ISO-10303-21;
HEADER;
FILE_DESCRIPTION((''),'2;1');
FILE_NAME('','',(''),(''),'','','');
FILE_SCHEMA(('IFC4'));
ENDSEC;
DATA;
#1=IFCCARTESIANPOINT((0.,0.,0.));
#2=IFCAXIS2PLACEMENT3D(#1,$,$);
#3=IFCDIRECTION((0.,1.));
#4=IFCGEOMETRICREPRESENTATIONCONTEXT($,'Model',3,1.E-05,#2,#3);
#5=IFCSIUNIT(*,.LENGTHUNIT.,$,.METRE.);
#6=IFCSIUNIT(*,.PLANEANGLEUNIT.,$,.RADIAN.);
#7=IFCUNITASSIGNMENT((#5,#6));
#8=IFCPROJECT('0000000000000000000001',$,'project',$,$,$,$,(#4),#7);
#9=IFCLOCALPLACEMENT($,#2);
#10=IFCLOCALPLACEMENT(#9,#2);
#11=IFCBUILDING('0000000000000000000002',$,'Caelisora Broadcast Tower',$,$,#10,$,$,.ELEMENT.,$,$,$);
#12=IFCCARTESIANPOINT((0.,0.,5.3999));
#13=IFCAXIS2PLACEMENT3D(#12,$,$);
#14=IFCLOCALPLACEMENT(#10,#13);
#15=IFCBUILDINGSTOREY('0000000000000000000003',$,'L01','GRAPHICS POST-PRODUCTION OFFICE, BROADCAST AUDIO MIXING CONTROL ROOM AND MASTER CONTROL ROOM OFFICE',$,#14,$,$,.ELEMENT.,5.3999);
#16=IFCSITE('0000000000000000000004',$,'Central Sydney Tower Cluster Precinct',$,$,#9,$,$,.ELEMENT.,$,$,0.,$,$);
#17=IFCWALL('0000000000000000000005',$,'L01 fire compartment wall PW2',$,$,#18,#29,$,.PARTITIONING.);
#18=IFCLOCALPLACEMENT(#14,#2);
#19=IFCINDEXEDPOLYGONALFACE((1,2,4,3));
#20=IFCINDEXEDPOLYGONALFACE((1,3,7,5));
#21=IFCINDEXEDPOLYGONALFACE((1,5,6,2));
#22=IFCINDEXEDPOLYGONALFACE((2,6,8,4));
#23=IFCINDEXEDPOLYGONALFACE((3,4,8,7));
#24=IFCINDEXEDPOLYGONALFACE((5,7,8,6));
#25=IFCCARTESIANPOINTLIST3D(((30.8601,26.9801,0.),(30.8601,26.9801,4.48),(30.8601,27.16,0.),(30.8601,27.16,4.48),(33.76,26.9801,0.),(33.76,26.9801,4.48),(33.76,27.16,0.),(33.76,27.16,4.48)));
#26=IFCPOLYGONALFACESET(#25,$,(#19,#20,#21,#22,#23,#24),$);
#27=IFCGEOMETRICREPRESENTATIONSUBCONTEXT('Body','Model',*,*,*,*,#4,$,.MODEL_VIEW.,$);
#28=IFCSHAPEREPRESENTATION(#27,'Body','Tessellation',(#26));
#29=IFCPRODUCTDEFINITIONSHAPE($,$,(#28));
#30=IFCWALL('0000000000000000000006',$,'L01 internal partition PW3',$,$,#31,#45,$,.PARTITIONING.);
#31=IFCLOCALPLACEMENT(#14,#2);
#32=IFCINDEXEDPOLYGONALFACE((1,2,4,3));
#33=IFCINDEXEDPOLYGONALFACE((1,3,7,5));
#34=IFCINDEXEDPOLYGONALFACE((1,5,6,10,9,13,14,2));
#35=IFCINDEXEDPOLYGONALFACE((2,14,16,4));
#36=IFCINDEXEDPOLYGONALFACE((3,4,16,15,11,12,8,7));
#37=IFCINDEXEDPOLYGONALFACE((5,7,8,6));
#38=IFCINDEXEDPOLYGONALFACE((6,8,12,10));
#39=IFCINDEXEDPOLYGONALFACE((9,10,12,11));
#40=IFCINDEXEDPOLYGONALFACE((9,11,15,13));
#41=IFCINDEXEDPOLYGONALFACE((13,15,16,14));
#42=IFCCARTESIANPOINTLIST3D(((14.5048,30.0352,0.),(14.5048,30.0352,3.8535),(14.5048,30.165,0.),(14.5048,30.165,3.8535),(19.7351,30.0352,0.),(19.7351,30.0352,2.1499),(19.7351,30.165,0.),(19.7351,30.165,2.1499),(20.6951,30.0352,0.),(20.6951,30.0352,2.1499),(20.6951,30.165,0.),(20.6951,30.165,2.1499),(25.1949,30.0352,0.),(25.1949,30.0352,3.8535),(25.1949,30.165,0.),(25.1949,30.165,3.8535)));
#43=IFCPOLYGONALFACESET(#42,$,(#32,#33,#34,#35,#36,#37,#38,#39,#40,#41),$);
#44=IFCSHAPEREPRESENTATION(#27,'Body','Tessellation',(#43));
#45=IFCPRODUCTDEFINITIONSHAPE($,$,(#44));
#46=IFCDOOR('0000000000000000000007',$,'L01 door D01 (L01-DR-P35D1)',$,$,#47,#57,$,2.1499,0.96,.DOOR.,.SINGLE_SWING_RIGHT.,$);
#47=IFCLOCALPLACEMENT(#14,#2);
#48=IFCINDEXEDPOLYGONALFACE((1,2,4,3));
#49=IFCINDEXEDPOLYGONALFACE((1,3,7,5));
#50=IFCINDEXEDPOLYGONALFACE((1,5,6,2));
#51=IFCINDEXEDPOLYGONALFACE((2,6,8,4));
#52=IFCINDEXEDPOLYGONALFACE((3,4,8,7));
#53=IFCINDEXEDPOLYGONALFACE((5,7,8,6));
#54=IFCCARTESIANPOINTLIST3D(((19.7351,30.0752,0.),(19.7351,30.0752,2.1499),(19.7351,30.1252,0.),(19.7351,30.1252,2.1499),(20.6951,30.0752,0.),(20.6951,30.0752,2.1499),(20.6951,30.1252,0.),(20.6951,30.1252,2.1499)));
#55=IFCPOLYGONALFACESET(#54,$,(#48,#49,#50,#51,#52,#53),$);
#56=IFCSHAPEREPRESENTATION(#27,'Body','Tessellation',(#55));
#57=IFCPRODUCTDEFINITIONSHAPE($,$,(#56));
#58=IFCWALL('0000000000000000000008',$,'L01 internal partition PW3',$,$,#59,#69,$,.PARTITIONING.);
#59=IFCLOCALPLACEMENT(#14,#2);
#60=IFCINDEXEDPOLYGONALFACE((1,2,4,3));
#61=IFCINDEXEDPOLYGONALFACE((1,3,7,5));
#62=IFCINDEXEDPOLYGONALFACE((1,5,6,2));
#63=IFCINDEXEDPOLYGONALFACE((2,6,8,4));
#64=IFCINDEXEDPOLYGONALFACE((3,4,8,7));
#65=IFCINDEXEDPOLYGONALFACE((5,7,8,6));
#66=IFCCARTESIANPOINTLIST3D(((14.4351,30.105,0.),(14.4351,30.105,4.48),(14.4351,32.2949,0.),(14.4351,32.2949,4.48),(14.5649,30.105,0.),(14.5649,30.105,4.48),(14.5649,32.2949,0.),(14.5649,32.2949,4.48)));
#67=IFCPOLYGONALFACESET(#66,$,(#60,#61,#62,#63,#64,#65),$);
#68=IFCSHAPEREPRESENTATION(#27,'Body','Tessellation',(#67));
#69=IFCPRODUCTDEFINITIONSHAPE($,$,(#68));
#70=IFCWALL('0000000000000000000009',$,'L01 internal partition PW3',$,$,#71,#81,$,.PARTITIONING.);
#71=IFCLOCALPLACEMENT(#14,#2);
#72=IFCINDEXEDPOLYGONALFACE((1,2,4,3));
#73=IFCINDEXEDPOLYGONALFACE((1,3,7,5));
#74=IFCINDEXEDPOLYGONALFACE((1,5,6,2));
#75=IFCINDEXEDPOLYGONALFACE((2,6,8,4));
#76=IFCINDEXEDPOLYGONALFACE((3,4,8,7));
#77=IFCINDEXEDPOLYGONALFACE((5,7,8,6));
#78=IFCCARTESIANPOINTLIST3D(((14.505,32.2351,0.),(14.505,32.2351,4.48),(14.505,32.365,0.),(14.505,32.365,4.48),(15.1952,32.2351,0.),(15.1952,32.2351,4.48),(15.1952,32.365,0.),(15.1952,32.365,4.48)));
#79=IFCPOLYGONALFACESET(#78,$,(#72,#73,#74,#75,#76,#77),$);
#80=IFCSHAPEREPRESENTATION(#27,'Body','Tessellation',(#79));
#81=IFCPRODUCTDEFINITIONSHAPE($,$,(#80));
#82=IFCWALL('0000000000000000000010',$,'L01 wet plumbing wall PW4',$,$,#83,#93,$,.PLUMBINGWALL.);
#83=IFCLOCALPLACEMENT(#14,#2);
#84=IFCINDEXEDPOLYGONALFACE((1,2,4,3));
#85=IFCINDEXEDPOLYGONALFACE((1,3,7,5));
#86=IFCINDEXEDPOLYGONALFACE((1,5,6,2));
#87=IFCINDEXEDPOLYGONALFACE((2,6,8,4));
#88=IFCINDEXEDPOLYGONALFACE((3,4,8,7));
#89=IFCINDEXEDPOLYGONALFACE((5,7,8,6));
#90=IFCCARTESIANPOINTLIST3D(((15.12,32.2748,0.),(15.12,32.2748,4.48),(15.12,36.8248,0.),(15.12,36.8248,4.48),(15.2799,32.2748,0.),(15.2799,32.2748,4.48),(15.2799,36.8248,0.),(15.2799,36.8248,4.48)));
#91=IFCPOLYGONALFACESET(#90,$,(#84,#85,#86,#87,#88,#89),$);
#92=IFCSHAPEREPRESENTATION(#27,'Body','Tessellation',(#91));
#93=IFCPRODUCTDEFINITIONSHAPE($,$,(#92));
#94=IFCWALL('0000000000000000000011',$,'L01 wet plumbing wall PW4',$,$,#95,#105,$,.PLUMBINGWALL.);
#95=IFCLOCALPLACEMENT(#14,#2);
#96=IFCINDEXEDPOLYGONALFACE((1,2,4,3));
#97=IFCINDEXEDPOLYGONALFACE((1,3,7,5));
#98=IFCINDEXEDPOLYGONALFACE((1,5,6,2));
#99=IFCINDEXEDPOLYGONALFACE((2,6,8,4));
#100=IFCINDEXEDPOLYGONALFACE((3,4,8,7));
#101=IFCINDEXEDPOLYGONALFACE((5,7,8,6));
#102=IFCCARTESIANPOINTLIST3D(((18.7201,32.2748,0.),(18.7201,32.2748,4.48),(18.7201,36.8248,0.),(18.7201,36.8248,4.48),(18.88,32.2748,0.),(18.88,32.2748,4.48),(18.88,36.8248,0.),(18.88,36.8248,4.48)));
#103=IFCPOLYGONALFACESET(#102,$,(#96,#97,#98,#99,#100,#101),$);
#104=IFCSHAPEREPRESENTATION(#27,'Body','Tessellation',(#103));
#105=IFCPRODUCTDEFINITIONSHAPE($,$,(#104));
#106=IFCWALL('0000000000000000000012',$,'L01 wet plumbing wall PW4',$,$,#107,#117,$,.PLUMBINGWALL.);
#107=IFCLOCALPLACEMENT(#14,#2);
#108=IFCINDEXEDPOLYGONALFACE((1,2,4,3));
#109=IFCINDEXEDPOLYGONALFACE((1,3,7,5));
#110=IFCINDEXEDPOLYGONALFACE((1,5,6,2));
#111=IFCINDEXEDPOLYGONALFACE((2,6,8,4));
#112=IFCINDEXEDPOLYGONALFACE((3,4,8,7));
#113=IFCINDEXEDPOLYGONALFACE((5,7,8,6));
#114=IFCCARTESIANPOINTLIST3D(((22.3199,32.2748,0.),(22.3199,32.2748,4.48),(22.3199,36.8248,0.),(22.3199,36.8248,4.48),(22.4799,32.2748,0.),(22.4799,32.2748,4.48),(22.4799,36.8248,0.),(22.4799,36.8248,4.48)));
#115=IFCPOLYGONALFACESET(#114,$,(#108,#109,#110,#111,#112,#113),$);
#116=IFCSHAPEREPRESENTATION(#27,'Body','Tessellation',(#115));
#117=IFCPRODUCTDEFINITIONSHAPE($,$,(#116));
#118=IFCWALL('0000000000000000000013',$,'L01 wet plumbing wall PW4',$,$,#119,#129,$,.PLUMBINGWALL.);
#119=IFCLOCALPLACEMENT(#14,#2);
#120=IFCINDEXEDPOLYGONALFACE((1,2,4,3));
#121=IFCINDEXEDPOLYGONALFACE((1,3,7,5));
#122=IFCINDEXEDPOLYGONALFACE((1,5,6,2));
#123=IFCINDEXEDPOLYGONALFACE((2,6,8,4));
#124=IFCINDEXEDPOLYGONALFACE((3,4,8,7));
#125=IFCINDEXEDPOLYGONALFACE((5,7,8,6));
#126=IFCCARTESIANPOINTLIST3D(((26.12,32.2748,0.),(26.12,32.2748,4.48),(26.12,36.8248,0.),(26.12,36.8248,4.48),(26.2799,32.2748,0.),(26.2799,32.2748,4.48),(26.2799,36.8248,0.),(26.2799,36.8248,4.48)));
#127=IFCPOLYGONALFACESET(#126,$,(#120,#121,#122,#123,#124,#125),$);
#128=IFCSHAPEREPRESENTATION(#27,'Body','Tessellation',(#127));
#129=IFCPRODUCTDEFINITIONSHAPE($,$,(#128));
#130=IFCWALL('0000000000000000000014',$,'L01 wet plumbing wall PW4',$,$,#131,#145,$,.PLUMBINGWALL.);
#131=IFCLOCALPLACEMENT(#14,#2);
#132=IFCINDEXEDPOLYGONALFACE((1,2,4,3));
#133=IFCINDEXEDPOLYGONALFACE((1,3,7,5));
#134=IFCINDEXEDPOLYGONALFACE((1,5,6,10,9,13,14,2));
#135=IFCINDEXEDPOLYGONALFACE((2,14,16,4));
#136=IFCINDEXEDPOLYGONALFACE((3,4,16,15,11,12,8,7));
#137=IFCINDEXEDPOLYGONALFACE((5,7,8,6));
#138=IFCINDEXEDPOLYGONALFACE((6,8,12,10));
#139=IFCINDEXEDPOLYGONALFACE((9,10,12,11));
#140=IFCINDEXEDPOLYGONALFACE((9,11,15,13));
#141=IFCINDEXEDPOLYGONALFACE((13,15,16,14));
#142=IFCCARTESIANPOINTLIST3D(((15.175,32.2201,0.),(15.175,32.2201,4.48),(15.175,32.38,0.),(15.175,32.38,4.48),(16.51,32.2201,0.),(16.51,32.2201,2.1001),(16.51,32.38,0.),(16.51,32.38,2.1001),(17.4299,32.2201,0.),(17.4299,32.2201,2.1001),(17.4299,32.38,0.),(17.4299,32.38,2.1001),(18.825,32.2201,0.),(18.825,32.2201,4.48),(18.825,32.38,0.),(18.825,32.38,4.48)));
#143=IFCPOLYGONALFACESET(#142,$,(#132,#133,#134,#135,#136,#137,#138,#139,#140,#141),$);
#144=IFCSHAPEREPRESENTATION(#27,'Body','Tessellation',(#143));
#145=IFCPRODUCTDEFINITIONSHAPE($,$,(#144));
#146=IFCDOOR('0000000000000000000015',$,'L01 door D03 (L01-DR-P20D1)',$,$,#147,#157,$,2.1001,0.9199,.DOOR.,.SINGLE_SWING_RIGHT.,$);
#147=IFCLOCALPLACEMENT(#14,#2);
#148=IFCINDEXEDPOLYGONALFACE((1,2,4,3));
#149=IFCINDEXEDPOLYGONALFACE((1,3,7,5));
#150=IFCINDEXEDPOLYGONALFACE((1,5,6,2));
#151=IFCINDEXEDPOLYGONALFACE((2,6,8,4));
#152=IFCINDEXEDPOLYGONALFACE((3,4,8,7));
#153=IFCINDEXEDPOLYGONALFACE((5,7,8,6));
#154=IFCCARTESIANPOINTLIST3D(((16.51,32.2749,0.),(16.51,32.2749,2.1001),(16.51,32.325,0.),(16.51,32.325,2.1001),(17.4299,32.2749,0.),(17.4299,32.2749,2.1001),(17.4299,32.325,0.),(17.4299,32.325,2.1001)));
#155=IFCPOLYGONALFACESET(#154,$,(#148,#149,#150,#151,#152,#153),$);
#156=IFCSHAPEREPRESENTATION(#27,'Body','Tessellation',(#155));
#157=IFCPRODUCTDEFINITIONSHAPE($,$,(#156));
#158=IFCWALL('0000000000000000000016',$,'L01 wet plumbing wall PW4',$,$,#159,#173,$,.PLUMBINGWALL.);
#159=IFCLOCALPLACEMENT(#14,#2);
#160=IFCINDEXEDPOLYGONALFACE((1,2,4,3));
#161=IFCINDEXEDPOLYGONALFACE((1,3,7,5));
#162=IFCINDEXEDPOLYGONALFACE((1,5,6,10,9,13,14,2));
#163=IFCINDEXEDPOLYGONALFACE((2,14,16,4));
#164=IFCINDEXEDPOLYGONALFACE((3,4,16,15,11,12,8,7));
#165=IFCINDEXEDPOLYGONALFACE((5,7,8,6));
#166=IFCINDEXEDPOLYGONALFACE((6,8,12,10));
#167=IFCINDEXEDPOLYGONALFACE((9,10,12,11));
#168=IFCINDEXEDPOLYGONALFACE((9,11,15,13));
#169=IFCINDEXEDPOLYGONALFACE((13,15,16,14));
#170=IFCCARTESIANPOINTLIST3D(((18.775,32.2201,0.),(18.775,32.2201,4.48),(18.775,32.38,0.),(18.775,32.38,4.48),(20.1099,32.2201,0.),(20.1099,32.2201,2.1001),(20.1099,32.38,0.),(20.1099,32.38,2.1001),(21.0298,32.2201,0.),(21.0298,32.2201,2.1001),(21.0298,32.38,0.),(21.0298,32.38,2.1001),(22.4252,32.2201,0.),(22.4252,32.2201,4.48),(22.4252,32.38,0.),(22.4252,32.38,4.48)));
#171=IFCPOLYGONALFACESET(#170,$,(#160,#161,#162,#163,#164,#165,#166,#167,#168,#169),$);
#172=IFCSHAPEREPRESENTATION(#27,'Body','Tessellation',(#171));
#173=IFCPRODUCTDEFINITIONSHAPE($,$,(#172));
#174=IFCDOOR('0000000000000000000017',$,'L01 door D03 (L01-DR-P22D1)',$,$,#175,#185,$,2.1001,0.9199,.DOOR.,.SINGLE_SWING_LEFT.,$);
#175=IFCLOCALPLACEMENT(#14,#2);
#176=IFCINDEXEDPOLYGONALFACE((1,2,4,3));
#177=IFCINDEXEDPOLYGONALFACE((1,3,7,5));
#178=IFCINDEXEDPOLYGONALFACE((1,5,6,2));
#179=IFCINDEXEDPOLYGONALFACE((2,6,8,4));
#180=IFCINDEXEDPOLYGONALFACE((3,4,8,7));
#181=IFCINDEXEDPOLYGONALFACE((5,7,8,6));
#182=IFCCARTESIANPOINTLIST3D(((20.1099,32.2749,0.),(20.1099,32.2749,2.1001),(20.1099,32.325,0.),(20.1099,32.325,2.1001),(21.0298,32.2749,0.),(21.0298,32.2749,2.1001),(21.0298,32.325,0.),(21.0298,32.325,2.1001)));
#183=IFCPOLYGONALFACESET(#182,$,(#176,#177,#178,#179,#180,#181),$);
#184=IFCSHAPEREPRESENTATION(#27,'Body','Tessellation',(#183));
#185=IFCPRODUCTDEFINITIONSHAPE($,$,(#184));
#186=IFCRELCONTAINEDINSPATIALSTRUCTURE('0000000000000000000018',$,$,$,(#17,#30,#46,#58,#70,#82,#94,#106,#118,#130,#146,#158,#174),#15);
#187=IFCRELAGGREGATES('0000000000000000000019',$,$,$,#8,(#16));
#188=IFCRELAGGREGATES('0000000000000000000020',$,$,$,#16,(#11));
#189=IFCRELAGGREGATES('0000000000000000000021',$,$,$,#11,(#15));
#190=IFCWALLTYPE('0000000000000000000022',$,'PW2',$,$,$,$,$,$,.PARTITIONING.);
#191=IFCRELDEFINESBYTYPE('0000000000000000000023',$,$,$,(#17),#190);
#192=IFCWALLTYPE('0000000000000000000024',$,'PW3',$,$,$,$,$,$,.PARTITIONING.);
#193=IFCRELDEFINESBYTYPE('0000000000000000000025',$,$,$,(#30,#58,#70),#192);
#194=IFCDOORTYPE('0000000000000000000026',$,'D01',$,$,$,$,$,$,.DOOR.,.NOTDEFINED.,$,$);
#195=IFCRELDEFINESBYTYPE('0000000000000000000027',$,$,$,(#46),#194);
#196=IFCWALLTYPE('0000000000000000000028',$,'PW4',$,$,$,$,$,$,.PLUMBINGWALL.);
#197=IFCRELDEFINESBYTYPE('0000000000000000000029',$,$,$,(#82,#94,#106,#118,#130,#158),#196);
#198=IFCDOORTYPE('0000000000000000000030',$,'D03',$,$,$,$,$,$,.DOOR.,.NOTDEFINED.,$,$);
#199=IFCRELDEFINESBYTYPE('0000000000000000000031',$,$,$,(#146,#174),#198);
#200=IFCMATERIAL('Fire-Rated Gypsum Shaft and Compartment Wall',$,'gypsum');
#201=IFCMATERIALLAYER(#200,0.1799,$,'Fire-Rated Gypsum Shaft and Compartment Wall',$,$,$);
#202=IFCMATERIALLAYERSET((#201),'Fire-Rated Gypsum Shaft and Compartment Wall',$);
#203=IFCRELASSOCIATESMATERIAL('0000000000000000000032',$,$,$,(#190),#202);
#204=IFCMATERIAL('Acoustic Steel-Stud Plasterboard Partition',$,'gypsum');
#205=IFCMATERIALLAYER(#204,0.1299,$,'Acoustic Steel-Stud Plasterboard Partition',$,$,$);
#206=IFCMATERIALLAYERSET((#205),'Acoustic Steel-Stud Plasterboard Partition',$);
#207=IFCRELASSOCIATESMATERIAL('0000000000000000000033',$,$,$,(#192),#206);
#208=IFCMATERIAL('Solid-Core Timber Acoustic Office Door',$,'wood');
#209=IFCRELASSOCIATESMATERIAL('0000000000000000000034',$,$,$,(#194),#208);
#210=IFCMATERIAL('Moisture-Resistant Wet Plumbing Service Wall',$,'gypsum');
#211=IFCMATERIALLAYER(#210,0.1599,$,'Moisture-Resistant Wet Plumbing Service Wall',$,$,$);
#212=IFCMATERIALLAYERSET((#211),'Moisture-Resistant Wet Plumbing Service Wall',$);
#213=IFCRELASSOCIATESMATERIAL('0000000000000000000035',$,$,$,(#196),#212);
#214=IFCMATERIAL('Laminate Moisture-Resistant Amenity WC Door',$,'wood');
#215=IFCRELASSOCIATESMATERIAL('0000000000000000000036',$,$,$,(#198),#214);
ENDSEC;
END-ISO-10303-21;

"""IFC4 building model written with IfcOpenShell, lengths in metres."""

from ifc_helpers import new_model, si_unit, direction, frame, frame_2d, origin, place, context, subcontext, project, spatial, rectangle, extrude, material, layer, layer_set, type_object, element, fill, save


model = new_model("IFC4")

# Units and contexts
model_context = context("Model", 3, precision=1e-05, world=origin(), true_north=direction((0.0, 1.0)))
body_context = subcontext(model_context, "Body", "Model", "MODEL_VIEW")
ifc_project = project(units=[si_unit("LENGTHUNIT", "METRE"), si_unit("PLANEANGLEUNIT", "RADIAN")], contexts=[model_context])

# Site, building, storey
site_placement = place(None, origin())
site = spatial("IfcSite", under=ifc_project, at=site_placement, Name="Central Sydney Tower Cluster Precinct", CompositionType="ELEMENT", RefElevation=0.0)
building_placement = place(site_placement, origin())
building = spatial("IfcBuilding", under=site, at=building_placement, Name="Caelisora Broadcast Tower", CompositionType="ELEMENT")
storey_placement = place(building_placement, frame((0.0, 0.0, 5.3999)))
storey = spatial("IfcBuildingStorey", under=building, at=storey_placement, Name="L01", Description="GRAPHICS POST-PRODUCTION OFFICE, BROADCAST AUDIO MIXING CONTROL ROOM AND MASTER CONTROL ROOM OFFICE", CompositionType="ELEMENT", Elevation=5.3999)

# Shared definitions
ifc_material_1 = material(Name="Fire-Rated Gypsum Shaft and Compartment Wall", Category="gypsum")
ifc_layer_1 = layer(ifc_material_1, 0.1799, Name="Fire-Rated Gypsum Shaft and Compartment Wall")
ifc_layer_set_1 = layer_set([ifc_layer_1], Name="Fire-Rated Gypsum Shaft and Compartment Wall")
wall_type_1 = type_object("IfcWallType", Name="PW2", PredefinedType="PARTITIONING", material=ifc_layer_set_1)

# Wall
wall_1_placement = place(storey_placement, frame((30.8601, 27.0701, 0.0), z_axis=(0.0, 0.0, 1.0), x_axis=(1.0, 0.0, 0.0)))
element("IfcWall", 1, at=wall_1_placement, inside=storey, type_object=wall_type_1, Name="L01 fire compartment wall PW2", PredefinedType="PARTITIONING", context=body_context, shape_type="SweptSolid", body=[
    extrude(rectangle(XDim=2.8999, YDim=0.1799, at=frame_2d((1.45, 0.0))), origin(), (0.0, 0.0, 1.0), 4.48),
])

# Wall, opening, door
ifc_material_2 = material(Name="Acoustic Steel-Stud Plasterboard Partition", Category="gypsum")
ifc_layer_2 = layer(ifc_material_2, 0.1299, Name="Acoustic Steel-Stud Plasterboard Partition")
ifc_layer_set_2 = layer_set([ifc_layer_2], Name="Acoustic Steel-Stud Plasterboard Partition")
wall_type_2 = type_object("IfcWallType", Name="PW3", PredefinedType="PARTITIONING", material=ifc_layer_set_2)
wall_2_placement = place(storey_placement, frame((25.1951, 30.1001, 0.0), z_axis=(0.0, 0.0, 1.0), x_axis=(-1.0, 0.0, 0.0)))
wall_2 = element("IfcWall", 2, at=wall_2_placement, inside=storey, type_object=wall_type_2, Name="L01 internal partition PW3", PredefinedType="PARTITIONING", context=body_context, shape_type="SweptSolid", body=[
    extrude(rectangle(XDim=10.6902, YDim=0.1299, at=frame_2d((5.3452, 0.0))), origin(), (0.0, 0.0, 1.0), 3.8535),
])
opening_1_placement = place(wall_2_placement, frame((4.5, 0.0, 0.0)))
opening_1 = element("IfcOpeningElement", 3, at=opening_1_placement, cuts=wall_2, PredefinedType="OPENING", context=body_context, shape_type="SweptSolid", body=[
    extrude(rectangle(XDim=0.96, YDim=2.1499, at=frame_2d((0.48, 1.075))), frame((0.0, 0.0769, 0.0), z_axis=(0.0, -1.0, 0.0), x_axis=(1.0, 0.0, 0.0)), (0.0, 0.0, 1.0), 0.1538),
])
ifc_material_3 = material(Name="Solid-Core Timber Acoustic Office Door", Category="wood")
door_type_1 = type_object("IfcDoorType", Name="D01", OperationType="NOTDEFINED", PredefinedType="DOOR", material=ifc_material_3)
door_1_placement = place(opening_1_placement, origin())
door_1 = element("IfcDoor", 4, at=door_1_placement, inside=storey, type_object=door_type_1, Name="L01 door D01 (L01-DR-P35D1)", OperationType="SINGLE_SWING_RIGHT", OverallHeight=2.1499, OverallWidth=0.96, PredefinedType="DOOR", context=body_context, shape_type="SweptSolid", body=[
    extrude(rectangle(XDim=0.96, YDim=2.1499, at=frame_2d((0.48, 1.075))), frame((0.0, 0.0249, 0.0), z_axis=(0.0, -1.0, 0.0), x_axis=(1.0, 0.0, 0.0)), (0.0, 0.0, 1.0), 0.05),
])
fill(opening_1, door_1)

# Walls
wall_3_placement = place(storey_placement, frame((14.5, 30.105, 0.0), z_axis=(0.0, 0.0, 1.0), x_axis=(0.0, 1.0, 0.0)))
element("IfcWall", 5, at=wall_3_placement, inside=storey, type_object=wall_type_2, Name="L01 internal partition PW3", PredefinedType="PARTITIONING", context=body_context, shape_type="SweptSolid", body=[
    extrude(rectangle(XDim=2.1899, YDim=0.1299, at=frame_2d((1.095, 0.0))), origin(), (0.0, 0.0, 1.0), 4.48),
])
wall_4_placement = place(storey_placement, frame((14.5049, 32.3, 0.0), z_axis=(0.0, 0.0, 1.0), x_axis=(1.0, 0.0, 0.0)))
element("IfcWall", 6, at=wall_4_placement, inside=storey, type_object=wall_type_2, Name="L01 internal partition PW3", PredefinedType="PARTITIONING", context=body_context, shape_type="SweptSolid", body=[
    extrude(rectangle(XDim=0.6902, YDim=0.1299, at=frame_2d((0.3452, 0.0))), origin(), (0.0, 0.0, 1.0), 4.48),
])
ifc_material_4 = material(Name="Moisture-Resistant Wet Plumbing Service Wall", Category="gypsum")
ifc_layer_3 = layer(ifc_material_4, 0.1599, Name="Moisture-Resistant Wet Plumbing Service Wall")
ifc_layer_set_3 = layer_set([ifc_layer_3], Name="Moisture-Resistant Wet Plumbing Service Wall")
wall_type_3 = type_object("IfcWallType", Name="PW4", PredefinedType="PLUMBINGWALL", material=ifc_layer_set_3)
for number, where, z_axis, x_axis, name in (
    (7, (15.2, 32.2749, 0.0), (0.0, 0.0, 1.0), (0.0, 1.0, 0.0), "L01 wet plumbing wall PW4"),
    (8, (18.8, 32.2749, 0.0), (0.0, 0.0, 1.0), (0.0, 1.0, 0.0), "L01 wet plumbing wall PW4"),
    (9, (22.3999, 32.2749, 0.0), (0.0, 0.0, 1.0), (0.0, 1.0, 0.0), "L01 wet plumbing wall PW4"),
    (10, (26.2, 32.2749, 0.0), (0.0, 0.0, 1.0), (0.0, 1.0, 0.0), "L01 wet plumbing wall PW4"),
):
    element("IfcWall", number, at=place(storey_placement, frame(where, z_axis=z_axis, x_axis=x_axis)), inside=storey, type_object=wall_type_3, Name=name, PredefinedType="PLUMBINGWALL", context=body_context, shape_type="SweptSolid", body=[
        extrude(rectangle(XDim=4.55, YDim=0.1599, at=frame_2d((2.2749, 0.0))), origin(), (0.0, 0.0, 1.0), 4.48),
    ])

# Walls, openings, doors
wall_5_placement = place(storey_placement, frame((15.175, 32.3, 0.0), z_axis=(0.0, 0.0, 1.0), x_axis=(1.0, 0.0, 0.0)))
wall_5 = element("IfcWall", 11, at=wall_5_placement, inside=storey, type_object=wall_type_3, Name="L01 wet plumbing wall PW4", PredefinedType="PLUMBINGWALL", context=body_context, shape_type="SweptSolid", body=[
    extrude(rectangle(XDim=3.6499, YDim=0.1599, at=frame_2d((1.825, 0.0))), origin(), (0.0, 0.0, 1.0), 4.48),
])
opening_2_placement = place(wall_5_placement, frame((1.335, 0.0, 0.0)))
opening_2 = element("IfcOpeningElement", 12, at=opening_2_placement, cuts=wall_5, PredefinedType="OPENING", context=body_context, shape_type="SweptSolid", body=[
    extrude(rectangle(XDim=0.9199, YDim=2.1001, at=frame_2d((0.46, 1.05))), frame((0.0, 0.092, 0.0), z_axis=(0.0, -1.0, 0.0), x_axis=(1.0, 0.0, 0.0)), (0.0, 0.0, 1.0), 0.1838),
])
ifc_material_5 = material(Name="Laminate Moisture-Resistant Amenity WC Door", Category="wood")
door_type_2 = type_object("IfcDoorType", Name="D03", OperationType="NOTDEFINED", PredefinedType="DOOR", material=ifc_material_5)
door_2_placement = place(opening_2_placement, origin())
door_2 = element("IfcDoor", 13, at=door_2_placement, inside=storey, type_object=door_type_2, Name="L01 door D03 (L01-DR-P20D1)", OperationType="SINGLE_SWING_RIGHT", OverallHeight=2.1001, OverallWidth=0.9199, PredefinedType="DOOR", context=body_context, shape_type="SweptSolid", body=[
    extrude(rectangle(XDim=0.9199, YDim=2.1001, at=frame_2d((0.46, 1.05))), frame((0.0, 0.0249, 0.0), z_axis=(0.0, -1.0, 0.0), x_axis=(1.0, 0.0, 0.0)), (0.0, 0.0, 1.0), 0.05),
])
fill(opening_2, door_2)
wall_6_placement = place(storey_placement, frame((18.7749, 32.3, 0.0), z_axis=(0.0, 0.0, 1.0), x_axis=(1.0, 0.0, 0.0)))
wall_6 = element("IfcWall", 14, at=wall_6_placement, inside=storey, type_object=wall_type_3, Name="L01 wet plumbing wall PW4", PredefinedType="PLUMBINGWALL", context=body_context, shape_type="SweptSolid", body=[
    extrude(rectangle(XDim=3.6501, YDim=0.1599, at=frame_2d((1.8252, 0.0))), origin(), (0.0, 0.0, 1.0), 4.48),
])
opening_3_placement = place(wall_6_placement, frame((1.335, 0.0, 0.0)))
opening_3 = element("IfcOpeningElement", 15, at=opening_3_placement, cuts=wall_6, PredefinedType="OPENING", context=body_context, shape_type="SweptSolid", body=[
    extrude(rectangle(XDim=0.9199, YDim=2.1001, at=frame_2d((0.46, 1.05))), frame((0.0, 0.092, 0.0), z_axis=(0.0, -1.0, 0.0), x_axis=(1.0, 0.0, 0.0)), (0.0, 0.0, 1.0), 0.1838),
])
door_3_placement = place(opening_3_placement, origin())
door_3 = element("IfcDoor", 16, at=door_3_placement, inside=storey, type_object=door_type_2, Name="L01 door D03 (L01-DR-P22D1)", OperationType="SINGLE_SWING_LEFT", OverallHeight=2.1001, OverallWidth=0.9199, PredefinedType="DOOR", context=body_context, shape_type="SweptSolid", body=[
    extrude(rectangle(XDim=0.9199, YDim=2.1001, at=frame_2d((0.46, 1.05))), frame((0.0, 0.0249, 0.0), z_axis=(0.0, -1.0, 0.0), x_axis=(1.0, 0.0, 0.0)), (0.0, 0.0, 1.0), 0.05),
])
fill(opening_3, door_3)

save(model, "model.ifc")
